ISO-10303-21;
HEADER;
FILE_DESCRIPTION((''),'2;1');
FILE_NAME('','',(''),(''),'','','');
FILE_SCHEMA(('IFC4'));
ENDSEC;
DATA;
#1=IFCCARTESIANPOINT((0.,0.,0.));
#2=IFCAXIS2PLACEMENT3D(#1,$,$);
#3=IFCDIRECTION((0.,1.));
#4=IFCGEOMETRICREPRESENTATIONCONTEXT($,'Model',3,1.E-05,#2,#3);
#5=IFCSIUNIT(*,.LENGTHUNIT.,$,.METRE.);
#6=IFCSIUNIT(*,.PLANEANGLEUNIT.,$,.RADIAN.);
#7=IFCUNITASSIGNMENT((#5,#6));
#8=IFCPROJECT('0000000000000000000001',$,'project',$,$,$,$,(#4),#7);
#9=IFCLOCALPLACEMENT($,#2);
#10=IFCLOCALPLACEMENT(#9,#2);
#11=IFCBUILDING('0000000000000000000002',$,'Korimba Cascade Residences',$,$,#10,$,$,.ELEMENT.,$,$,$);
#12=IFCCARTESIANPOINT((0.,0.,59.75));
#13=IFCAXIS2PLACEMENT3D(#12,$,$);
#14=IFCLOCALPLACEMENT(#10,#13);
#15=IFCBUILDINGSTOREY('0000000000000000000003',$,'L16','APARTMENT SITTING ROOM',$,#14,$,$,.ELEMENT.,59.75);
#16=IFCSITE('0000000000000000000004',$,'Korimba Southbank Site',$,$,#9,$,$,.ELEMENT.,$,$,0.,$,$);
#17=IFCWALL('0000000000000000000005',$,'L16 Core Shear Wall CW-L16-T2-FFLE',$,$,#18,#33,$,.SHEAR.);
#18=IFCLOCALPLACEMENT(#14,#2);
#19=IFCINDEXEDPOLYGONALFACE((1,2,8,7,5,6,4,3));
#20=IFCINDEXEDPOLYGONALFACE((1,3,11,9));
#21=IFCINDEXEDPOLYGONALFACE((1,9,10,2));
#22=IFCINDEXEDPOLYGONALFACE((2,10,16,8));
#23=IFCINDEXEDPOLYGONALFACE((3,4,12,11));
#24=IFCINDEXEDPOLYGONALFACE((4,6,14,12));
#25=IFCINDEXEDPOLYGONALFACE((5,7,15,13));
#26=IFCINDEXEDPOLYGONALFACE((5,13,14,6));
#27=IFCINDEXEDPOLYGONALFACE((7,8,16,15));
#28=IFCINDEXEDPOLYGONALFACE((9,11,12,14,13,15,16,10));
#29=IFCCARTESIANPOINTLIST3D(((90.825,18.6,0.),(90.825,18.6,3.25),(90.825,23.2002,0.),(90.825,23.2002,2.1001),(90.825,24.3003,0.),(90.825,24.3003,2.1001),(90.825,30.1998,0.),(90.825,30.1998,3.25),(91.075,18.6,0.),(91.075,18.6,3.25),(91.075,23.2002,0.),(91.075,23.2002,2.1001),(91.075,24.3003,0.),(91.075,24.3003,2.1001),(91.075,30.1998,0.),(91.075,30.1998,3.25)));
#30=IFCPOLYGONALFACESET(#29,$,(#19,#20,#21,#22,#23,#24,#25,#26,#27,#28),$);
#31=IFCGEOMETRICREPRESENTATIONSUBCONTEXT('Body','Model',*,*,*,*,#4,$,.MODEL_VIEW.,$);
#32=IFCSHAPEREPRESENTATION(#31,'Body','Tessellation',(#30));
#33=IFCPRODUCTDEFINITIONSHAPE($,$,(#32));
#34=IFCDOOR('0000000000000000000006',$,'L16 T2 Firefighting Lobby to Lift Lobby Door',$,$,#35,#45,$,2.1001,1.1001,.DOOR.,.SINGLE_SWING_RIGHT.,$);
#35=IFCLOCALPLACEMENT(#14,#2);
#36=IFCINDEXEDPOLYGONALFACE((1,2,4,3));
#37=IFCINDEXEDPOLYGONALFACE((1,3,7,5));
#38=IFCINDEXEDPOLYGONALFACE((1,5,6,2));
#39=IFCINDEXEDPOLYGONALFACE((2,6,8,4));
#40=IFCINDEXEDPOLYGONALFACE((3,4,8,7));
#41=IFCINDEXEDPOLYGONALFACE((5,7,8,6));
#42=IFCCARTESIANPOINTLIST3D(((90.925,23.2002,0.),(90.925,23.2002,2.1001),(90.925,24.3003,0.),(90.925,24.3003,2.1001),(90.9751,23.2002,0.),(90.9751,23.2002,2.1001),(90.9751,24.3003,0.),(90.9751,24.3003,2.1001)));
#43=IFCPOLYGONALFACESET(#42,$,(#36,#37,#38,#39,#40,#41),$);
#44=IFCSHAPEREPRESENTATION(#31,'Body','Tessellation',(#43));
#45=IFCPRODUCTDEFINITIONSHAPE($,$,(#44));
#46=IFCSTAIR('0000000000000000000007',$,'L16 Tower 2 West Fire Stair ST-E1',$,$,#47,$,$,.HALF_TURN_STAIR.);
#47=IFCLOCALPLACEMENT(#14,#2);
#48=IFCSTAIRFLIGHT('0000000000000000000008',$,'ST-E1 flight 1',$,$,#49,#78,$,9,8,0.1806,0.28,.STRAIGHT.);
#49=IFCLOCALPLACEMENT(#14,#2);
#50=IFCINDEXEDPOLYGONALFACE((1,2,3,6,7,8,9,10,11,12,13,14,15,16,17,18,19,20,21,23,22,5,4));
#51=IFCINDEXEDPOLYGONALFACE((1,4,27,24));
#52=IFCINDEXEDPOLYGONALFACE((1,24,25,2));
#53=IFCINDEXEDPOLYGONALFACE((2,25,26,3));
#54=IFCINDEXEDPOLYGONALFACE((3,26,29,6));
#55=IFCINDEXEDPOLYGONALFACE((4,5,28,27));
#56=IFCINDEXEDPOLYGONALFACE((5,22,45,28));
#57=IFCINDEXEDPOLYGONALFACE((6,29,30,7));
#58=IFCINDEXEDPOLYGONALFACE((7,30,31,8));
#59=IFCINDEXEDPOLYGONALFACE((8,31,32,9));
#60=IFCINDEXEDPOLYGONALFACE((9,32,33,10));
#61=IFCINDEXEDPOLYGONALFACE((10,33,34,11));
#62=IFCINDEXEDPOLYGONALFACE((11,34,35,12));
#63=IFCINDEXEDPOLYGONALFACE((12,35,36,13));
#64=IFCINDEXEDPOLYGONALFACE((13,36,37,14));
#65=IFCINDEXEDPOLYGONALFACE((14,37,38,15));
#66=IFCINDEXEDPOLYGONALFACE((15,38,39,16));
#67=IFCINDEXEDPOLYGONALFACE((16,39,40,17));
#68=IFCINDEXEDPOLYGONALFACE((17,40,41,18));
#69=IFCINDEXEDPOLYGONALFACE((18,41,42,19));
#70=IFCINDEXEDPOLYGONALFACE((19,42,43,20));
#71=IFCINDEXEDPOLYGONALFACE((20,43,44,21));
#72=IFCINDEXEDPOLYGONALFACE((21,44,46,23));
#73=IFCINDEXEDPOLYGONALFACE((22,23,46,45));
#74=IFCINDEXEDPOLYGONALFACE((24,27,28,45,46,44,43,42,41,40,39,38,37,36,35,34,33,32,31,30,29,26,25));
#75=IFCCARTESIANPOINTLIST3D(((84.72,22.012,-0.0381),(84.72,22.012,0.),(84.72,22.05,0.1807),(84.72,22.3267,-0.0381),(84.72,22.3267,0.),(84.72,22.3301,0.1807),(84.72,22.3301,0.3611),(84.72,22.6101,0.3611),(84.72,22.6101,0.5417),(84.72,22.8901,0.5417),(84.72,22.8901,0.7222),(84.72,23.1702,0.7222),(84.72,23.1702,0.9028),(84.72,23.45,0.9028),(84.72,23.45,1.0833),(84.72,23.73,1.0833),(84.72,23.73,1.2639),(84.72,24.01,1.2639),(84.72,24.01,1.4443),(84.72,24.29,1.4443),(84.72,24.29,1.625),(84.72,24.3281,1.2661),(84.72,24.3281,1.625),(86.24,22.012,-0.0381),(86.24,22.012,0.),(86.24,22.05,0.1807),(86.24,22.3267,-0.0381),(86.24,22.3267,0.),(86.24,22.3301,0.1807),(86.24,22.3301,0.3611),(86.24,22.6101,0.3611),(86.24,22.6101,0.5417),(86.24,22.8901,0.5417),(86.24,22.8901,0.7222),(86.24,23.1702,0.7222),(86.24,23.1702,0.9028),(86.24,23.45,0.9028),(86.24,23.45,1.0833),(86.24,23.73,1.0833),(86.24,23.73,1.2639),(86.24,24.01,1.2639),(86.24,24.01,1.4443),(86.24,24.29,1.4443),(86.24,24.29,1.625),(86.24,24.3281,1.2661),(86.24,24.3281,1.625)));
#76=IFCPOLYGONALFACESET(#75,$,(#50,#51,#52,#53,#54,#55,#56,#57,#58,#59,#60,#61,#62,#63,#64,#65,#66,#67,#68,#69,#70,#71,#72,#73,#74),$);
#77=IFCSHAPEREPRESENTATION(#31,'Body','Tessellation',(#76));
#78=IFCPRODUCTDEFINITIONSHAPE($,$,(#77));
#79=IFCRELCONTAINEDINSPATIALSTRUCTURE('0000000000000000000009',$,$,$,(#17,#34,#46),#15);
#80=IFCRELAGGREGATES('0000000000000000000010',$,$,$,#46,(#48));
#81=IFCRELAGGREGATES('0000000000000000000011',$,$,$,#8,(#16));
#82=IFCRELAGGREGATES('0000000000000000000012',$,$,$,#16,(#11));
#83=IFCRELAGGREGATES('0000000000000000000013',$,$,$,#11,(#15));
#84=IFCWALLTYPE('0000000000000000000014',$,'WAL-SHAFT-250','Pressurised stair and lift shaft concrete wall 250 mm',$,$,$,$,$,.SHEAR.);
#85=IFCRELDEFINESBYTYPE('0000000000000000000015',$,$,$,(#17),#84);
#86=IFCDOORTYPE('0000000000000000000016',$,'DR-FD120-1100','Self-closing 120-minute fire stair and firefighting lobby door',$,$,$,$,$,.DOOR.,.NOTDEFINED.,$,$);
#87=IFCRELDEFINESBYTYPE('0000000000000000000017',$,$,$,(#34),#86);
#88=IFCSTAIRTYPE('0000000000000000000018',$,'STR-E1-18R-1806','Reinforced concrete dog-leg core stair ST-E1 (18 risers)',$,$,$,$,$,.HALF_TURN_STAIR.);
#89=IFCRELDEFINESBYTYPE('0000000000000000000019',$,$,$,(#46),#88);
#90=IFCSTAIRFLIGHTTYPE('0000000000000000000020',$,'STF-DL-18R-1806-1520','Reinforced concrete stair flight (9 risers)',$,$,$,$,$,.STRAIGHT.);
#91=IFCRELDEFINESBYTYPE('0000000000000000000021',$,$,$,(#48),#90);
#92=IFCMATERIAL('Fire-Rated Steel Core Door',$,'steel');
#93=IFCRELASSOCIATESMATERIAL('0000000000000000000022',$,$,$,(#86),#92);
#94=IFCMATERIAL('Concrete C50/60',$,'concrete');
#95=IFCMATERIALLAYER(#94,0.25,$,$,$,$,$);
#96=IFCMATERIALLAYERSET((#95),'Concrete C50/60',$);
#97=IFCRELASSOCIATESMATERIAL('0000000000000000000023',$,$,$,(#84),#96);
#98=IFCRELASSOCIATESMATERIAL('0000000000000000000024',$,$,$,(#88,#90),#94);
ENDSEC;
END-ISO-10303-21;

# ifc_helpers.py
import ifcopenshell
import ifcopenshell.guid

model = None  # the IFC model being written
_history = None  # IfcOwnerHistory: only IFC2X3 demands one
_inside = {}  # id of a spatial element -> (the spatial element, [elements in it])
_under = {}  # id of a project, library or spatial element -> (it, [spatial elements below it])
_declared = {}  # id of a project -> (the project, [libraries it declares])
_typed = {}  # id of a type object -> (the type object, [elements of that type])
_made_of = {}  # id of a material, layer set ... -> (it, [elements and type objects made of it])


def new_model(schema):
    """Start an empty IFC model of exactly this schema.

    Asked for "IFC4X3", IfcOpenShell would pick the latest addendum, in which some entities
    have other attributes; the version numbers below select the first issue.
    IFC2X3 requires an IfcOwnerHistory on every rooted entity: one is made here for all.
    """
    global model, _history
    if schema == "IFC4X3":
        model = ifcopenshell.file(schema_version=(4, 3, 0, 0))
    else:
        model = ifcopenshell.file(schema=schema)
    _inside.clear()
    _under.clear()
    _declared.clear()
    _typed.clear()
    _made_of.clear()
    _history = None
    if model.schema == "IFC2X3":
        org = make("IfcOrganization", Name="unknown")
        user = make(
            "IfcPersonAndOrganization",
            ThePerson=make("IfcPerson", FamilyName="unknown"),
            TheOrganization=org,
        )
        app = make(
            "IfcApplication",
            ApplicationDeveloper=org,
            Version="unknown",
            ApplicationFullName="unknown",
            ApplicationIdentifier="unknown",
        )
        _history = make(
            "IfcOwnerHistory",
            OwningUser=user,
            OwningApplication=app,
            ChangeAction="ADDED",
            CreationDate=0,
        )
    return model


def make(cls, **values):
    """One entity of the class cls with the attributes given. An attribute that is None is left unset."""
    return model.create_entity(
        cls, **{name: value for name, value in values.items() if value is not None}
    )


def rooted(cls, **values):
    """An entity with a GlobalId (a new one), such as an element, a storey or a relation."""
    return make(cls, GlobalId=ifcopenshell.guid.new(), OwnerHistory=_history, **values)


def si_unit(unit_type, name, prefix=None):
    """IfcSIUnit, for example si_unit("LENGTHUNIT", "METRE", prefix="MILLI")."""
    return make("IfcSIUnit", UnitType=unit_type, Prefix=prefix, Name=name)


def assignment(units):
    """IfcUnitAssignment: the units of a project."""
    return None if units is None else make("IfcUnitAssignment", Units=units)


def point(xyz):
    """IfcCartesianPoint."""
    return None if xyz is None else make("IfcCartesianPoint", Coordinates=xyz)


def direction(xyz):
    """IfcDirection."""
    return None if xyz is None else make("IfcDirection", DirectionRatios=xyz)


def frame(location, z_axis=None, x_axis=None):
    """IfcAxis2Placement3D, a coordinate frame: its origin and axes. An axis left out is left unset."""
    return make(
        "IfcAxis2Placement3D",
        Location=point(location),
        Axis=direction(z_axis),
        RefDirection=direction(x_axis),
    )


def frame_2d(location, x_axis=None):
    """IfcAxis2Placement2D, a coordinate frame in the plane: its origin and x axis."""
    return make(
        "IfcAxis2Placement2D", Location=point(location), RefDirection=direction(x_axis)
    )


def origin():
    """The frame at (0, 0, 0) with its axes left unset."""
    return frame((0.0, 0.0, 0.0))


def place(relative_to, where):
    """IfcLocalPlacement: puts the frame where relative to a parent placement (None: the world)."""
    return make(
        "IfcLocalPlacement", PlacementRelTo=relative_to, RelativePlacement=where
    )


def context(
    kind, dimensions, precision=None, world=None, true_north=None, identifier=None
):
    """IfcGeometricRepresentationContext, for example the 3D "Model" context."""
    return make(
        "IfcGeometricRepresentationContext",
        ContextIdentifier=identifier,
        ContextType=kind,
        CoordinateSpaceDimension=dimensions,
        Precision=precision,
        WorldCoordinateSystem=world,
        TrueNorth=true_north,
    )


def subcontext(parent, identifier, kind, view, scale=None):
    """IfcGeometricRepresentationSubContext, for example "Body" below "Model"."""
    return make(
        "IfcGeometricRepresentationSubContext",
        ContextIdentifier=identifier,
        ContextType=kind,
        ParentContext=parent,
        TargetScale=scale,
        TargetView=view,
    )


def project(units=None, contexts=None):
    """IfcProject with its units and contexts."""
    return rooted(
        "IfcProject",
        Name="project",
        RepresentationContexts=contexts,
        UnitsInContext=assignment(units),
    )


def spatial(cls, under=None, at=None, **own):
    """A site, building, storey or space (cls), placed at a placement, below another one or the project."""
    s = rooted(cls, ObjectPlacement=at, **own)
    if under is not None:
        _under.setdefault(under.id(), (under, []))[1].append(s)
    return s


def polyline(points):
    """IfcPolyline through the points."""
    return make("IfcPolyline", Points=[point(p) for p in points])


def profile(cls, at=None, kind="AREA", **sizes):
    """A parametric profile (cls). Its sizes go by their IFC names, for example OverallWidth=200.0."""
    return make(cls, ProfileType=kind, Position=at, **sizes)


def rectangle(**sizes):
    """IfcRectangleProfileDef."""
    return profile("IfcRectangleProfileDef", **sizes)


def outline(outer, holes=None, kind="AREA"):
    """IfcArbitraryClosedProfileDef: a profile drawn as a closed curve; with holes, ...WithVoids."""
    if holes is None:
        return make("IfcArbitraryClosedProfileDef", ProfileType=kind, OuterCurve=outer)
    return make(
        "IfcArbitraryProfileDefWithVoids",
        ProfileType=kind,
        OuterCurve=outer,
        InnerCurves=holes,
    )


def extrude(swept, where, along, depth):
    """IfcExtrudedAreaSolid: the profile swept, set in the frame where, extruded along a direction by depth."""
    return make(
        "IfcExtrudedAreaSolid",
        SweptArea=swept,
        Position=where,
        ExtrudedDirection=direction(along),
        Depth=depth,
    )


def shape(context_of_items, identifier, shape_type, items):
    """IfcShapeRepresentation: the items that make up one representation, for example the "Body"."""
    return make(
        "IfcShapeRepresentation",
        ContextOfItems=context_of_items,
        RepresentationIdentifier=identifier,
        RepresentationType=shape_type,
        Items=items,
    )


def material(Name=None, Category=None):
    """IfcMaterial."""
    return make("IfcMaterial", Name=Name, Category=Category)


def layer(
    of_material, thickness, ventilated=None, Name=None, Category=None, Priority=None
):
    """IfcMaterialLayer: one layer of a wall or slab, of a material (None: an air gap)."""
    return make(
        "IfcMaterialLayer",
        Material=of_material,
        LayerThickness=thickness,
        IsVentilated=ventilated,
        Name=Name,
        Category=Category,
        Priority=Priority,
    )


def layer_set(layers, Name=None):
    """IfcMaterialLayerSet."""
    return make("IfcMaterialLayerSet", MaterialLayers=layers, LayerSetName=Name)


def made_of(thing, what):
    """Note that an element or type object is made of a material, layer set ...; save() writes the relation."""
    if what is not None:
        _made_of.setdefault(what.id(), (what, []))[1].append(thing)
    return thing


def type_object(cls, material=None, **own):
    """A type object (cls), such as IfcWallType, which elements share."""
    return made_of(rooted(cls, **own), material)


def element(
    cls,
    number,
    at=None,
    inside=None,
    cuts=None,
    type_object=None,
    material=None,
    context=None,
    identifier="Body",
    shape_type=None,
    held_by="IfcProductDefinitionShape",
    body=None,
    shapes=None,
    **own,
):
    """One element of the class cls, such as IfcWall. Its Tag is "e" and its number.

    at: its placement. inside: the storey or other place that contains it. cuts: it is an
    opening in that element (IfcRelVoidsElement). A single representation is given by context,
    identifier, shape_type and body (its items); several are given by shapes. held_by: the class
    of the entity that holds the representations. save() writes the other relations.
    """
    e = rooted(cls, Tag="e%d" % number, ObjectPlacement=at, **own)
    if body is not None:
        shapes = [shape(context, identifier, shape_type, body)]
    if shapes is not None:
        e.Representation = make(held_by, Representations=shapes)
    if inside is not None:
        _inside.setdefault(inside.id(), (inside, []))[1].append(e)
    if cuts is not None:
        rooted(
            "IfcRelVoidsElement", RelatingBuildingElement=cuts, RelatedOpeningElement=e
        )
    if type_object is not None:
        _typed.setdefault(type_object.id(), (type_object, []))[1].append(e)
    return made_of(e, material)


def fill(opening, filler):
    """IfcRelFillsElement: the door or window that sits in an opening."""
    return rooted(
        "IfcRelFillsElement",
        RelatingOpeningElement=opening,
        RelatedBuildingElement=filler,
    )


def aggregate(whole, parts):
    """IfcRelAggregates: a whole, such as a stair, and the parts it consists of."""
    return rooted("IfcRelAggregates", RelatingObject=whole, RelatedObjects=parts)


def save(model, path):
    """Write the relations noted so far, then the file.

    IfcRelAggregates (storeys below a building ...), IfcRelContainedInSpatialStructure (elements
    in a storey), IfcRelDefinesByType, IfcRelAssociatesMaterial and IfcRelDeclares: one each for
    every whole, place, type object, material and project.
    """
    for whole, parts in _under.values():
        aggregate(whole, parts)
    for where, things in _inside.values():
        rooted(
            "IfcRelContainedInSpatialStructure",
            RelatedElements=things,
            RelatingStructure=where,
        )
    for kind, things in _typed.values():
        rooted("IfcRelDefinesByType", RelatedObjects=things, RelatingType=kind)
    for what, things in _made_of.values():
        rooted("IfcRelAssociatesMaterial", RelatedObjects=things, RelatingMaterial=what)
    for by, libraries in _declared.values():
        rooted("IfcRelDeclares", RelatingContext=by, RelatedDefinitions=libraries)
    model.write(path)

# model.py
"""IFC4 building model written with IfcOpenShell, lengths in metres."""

from ifc_helpers import new_model, si_unit, direction, frame, frame_2d, origin, place, context, subcontext, project, spatial, polyline, rectangle, outline, extrude, material, layer, layer_set, type_object, element, fill, aggregate, save


model = new_model("IFC4")

# Units and contexts
model_context = context("Model", 3, precision=1e-05, world=origin(), true_north=direction((0.0, 1.0)))
body_context = subcontext(model_context, "Body", "Model", "MODEL_VIEW")
ifc_project = project(units=[si_unit("LENGTHUNIT", "METRE"), si_unit("PLANEANGLEUNIT", "RADIAN")], contexts=[model_context])

# Site, building, storey
site_placement = place(None, origin())
site = spatial("IfcSite", under=ifc_project, at=site_placement, Name="Korimba Southbank Site", CompositionType="ELEMENT", RefElevation=0.0)
building_placement = place(site_placement, origin())
building = spatial("IfcBuilding", under=site, at=building_placement, Name="Korimba Cascade Residences", CompositionType="ELEMENT")
storey_placement = place(building_placement, frame((0.0, 0.0, 59.75)))
storey = spatial("IfcBuildingStorey", under=building, at=storey_placement, Name="L16", Description="APARTMENT SITTING ROOM", CompositionType="ELEMENT", Elevation=59.75)

# Shared definitions
ifc_material_1 = material(Name="Concrete C50/60", Category="concrete")

# Shared definitions
ifc_material_2 = material(Name="Fire-Rated Steel Core Door", Category="steel")
door_type_1 = type_object("IfcDoorType", Name="DR-FD120-1100", Description="Self-closing 120-minute fire stair and firefighting lobby door", OperationType="NOTDEFINED", PredefinedType="DOOR", material=ifc_material_2)

# Shared definitions
ifc_layer_1 = layer(ifc_material_1, 0.25)
ifc_layer_set_1 = layer_set([ifc_layer_1], Name="Concrete C50/60")
wall_type_1 = type_object("IfcWallType", Name="WAL-SHAFT-250", Description="Pressurised stair and lift shaft concrete wall 250 mm", PredefinedType="SHEAR", material=ifc_layer_set_1)

# Wall, opening, door
wall_1_placement = place(storey_placement, frame((90.95, 18.6001, 0.0), z_axis=(0.0, 0.0, 1.0), x_axis=(0.0, 1.0, 0.0)))
wall_1 = element("IfcWall", 1, at=wall_1_placement, inside=storey, type_object=wall_type_1, Name="L16 Core Shear Wall CW-L16-T2-FFLE", PredefinedType="SHEAR", context=body_context, shape_type="SweptSolid", body=[
    extrude(rectangle(XDim=11.5999, YDim=0.25, at=frame_2d((5.7998, 0.0))), origin(), (0.0, 0.0, 1.0), 3.25),
])
opening_1_placement = place(wall_1_placement, frame((4.6001, 0.0, 0.0)))
opening_1 = element("IfcOpeningElement", 2, at=opening_1_placement, cuts=wall_1, PredefinedType="OPENING", context=body_context, shape_type="SweptSolid", body=[
    extrude(rectangle(XDim=1.1001, YDim=2.1001, at=frame_2d((0.55, 1.05))), frame((0.0, 0.135, 0.0), z_axis=(0.0, -1.0, 0.0), x_axis=(1.0, 0.0, 0.0)), (0.0, 0.0, 1.0), 0.27),
])
door_1_placement = place(opening_1_placement, origin())
door_1 = element("IfcDoor", 3, at=door_1_placement, inside=storey, type_object=door_type_1, Name="L16 T2 Firefighting Lobby to Lift Lobby Door", OperationType="SINGLE_SWING_RIGHT", OverallHeight=2.1001, OverallWidth=1.1001, PredefinedType="DOOR", context=body_context, shape_type="SweptSolid", body=[
    extrude(rectangle(XDim=1.1001, YDim=2.1001, at=frame_2d((0.55, 1.05))), frame((0.0, 0.0249, 0.0), z_axis=(0.0, -1.0, 0.0), x_axis=(1.0, 0.0, 0.0)), (0.0, 0.0, 1.0), 0.05),
])
fill(opening_1, door_1)

# Stair, stair flight
stair_type = type_object("IfcStairType", Name="STR-E1-18R-1806", Description="Reinforced concrete dog-leg core stair ST-E1 (18 risers)", PredefinedType="HALF_TURN_STAIR", material=ifc_material_1)
stair_placement = place(storey_placement, origin())
stair = element("IfcStair", 4, at=stair_placement, inside=storey, type_object=stair_type, Name="L16 Tower 2 West Fire Stair ST-E1", PredefinedType="HALF_TURN_STAIR")
stair_flight_type = type_object("IfcStairFlightType", Name="STF-DL-18R-1806-1520", Description="Reinforced concrete stair flight (9 risers)", PredefinedType="STRAIGHT", material=ifc_material_1)
stair_flight_placement = place(storey_placement, frame((85.48, 22.05, 0.0), z_axis=(0.0, 0.0, 1.0), x_axis=(0.0, 1.0, 0.0)))
stair_flight = element("IfcStairFlight", 5, at=stair_flight_placement, type_object=stair_flight_type, Name="ST-E1 flight 1", NumberOfRisers=9, NumberOfTreads=8, PredefinedType="STRAIGHT", RiserHeight=0.1806, TreadLength=0.28, context=body_context, shape_type="SweptSolid", body=[
    extrude(outline(polyline([(-0.0381, 0.0), (0.0, 0.1807), (0.28, 0.1807), (0.28, 0.3611), (0.5601, 0.3611), (0.5601, 0.5417), (0.8401, 0.5417), (0.8401, 0.7222), (1.1201, 0.7222), (1.1201, 0.9028), (1.3999, 0.9028), (1.3999, 1.0833), (1.6799, 1.0833), (1.6799, 1.2639), (1.96, 1.2639), (1.96, 1.4443), (2.24, 1.4443), (2.24, 1.625), (2.2781, 1.625), (2.2781, 1.2661), (0.2766, 0.0), (0.2766, -0.0381), (-0.0381, -0.0381), (-0.0381, 0.0)])), frame((0.0, 0.76, 0.0), z_axis=(0.0, -1.0, 0.0), x_axis=(1.0, 0.0, 0.0)), (0.0, 0.0, 1.0), 1.52),
])
aggregate(stair, [stair_flight])

save(model, "model.ifc")
